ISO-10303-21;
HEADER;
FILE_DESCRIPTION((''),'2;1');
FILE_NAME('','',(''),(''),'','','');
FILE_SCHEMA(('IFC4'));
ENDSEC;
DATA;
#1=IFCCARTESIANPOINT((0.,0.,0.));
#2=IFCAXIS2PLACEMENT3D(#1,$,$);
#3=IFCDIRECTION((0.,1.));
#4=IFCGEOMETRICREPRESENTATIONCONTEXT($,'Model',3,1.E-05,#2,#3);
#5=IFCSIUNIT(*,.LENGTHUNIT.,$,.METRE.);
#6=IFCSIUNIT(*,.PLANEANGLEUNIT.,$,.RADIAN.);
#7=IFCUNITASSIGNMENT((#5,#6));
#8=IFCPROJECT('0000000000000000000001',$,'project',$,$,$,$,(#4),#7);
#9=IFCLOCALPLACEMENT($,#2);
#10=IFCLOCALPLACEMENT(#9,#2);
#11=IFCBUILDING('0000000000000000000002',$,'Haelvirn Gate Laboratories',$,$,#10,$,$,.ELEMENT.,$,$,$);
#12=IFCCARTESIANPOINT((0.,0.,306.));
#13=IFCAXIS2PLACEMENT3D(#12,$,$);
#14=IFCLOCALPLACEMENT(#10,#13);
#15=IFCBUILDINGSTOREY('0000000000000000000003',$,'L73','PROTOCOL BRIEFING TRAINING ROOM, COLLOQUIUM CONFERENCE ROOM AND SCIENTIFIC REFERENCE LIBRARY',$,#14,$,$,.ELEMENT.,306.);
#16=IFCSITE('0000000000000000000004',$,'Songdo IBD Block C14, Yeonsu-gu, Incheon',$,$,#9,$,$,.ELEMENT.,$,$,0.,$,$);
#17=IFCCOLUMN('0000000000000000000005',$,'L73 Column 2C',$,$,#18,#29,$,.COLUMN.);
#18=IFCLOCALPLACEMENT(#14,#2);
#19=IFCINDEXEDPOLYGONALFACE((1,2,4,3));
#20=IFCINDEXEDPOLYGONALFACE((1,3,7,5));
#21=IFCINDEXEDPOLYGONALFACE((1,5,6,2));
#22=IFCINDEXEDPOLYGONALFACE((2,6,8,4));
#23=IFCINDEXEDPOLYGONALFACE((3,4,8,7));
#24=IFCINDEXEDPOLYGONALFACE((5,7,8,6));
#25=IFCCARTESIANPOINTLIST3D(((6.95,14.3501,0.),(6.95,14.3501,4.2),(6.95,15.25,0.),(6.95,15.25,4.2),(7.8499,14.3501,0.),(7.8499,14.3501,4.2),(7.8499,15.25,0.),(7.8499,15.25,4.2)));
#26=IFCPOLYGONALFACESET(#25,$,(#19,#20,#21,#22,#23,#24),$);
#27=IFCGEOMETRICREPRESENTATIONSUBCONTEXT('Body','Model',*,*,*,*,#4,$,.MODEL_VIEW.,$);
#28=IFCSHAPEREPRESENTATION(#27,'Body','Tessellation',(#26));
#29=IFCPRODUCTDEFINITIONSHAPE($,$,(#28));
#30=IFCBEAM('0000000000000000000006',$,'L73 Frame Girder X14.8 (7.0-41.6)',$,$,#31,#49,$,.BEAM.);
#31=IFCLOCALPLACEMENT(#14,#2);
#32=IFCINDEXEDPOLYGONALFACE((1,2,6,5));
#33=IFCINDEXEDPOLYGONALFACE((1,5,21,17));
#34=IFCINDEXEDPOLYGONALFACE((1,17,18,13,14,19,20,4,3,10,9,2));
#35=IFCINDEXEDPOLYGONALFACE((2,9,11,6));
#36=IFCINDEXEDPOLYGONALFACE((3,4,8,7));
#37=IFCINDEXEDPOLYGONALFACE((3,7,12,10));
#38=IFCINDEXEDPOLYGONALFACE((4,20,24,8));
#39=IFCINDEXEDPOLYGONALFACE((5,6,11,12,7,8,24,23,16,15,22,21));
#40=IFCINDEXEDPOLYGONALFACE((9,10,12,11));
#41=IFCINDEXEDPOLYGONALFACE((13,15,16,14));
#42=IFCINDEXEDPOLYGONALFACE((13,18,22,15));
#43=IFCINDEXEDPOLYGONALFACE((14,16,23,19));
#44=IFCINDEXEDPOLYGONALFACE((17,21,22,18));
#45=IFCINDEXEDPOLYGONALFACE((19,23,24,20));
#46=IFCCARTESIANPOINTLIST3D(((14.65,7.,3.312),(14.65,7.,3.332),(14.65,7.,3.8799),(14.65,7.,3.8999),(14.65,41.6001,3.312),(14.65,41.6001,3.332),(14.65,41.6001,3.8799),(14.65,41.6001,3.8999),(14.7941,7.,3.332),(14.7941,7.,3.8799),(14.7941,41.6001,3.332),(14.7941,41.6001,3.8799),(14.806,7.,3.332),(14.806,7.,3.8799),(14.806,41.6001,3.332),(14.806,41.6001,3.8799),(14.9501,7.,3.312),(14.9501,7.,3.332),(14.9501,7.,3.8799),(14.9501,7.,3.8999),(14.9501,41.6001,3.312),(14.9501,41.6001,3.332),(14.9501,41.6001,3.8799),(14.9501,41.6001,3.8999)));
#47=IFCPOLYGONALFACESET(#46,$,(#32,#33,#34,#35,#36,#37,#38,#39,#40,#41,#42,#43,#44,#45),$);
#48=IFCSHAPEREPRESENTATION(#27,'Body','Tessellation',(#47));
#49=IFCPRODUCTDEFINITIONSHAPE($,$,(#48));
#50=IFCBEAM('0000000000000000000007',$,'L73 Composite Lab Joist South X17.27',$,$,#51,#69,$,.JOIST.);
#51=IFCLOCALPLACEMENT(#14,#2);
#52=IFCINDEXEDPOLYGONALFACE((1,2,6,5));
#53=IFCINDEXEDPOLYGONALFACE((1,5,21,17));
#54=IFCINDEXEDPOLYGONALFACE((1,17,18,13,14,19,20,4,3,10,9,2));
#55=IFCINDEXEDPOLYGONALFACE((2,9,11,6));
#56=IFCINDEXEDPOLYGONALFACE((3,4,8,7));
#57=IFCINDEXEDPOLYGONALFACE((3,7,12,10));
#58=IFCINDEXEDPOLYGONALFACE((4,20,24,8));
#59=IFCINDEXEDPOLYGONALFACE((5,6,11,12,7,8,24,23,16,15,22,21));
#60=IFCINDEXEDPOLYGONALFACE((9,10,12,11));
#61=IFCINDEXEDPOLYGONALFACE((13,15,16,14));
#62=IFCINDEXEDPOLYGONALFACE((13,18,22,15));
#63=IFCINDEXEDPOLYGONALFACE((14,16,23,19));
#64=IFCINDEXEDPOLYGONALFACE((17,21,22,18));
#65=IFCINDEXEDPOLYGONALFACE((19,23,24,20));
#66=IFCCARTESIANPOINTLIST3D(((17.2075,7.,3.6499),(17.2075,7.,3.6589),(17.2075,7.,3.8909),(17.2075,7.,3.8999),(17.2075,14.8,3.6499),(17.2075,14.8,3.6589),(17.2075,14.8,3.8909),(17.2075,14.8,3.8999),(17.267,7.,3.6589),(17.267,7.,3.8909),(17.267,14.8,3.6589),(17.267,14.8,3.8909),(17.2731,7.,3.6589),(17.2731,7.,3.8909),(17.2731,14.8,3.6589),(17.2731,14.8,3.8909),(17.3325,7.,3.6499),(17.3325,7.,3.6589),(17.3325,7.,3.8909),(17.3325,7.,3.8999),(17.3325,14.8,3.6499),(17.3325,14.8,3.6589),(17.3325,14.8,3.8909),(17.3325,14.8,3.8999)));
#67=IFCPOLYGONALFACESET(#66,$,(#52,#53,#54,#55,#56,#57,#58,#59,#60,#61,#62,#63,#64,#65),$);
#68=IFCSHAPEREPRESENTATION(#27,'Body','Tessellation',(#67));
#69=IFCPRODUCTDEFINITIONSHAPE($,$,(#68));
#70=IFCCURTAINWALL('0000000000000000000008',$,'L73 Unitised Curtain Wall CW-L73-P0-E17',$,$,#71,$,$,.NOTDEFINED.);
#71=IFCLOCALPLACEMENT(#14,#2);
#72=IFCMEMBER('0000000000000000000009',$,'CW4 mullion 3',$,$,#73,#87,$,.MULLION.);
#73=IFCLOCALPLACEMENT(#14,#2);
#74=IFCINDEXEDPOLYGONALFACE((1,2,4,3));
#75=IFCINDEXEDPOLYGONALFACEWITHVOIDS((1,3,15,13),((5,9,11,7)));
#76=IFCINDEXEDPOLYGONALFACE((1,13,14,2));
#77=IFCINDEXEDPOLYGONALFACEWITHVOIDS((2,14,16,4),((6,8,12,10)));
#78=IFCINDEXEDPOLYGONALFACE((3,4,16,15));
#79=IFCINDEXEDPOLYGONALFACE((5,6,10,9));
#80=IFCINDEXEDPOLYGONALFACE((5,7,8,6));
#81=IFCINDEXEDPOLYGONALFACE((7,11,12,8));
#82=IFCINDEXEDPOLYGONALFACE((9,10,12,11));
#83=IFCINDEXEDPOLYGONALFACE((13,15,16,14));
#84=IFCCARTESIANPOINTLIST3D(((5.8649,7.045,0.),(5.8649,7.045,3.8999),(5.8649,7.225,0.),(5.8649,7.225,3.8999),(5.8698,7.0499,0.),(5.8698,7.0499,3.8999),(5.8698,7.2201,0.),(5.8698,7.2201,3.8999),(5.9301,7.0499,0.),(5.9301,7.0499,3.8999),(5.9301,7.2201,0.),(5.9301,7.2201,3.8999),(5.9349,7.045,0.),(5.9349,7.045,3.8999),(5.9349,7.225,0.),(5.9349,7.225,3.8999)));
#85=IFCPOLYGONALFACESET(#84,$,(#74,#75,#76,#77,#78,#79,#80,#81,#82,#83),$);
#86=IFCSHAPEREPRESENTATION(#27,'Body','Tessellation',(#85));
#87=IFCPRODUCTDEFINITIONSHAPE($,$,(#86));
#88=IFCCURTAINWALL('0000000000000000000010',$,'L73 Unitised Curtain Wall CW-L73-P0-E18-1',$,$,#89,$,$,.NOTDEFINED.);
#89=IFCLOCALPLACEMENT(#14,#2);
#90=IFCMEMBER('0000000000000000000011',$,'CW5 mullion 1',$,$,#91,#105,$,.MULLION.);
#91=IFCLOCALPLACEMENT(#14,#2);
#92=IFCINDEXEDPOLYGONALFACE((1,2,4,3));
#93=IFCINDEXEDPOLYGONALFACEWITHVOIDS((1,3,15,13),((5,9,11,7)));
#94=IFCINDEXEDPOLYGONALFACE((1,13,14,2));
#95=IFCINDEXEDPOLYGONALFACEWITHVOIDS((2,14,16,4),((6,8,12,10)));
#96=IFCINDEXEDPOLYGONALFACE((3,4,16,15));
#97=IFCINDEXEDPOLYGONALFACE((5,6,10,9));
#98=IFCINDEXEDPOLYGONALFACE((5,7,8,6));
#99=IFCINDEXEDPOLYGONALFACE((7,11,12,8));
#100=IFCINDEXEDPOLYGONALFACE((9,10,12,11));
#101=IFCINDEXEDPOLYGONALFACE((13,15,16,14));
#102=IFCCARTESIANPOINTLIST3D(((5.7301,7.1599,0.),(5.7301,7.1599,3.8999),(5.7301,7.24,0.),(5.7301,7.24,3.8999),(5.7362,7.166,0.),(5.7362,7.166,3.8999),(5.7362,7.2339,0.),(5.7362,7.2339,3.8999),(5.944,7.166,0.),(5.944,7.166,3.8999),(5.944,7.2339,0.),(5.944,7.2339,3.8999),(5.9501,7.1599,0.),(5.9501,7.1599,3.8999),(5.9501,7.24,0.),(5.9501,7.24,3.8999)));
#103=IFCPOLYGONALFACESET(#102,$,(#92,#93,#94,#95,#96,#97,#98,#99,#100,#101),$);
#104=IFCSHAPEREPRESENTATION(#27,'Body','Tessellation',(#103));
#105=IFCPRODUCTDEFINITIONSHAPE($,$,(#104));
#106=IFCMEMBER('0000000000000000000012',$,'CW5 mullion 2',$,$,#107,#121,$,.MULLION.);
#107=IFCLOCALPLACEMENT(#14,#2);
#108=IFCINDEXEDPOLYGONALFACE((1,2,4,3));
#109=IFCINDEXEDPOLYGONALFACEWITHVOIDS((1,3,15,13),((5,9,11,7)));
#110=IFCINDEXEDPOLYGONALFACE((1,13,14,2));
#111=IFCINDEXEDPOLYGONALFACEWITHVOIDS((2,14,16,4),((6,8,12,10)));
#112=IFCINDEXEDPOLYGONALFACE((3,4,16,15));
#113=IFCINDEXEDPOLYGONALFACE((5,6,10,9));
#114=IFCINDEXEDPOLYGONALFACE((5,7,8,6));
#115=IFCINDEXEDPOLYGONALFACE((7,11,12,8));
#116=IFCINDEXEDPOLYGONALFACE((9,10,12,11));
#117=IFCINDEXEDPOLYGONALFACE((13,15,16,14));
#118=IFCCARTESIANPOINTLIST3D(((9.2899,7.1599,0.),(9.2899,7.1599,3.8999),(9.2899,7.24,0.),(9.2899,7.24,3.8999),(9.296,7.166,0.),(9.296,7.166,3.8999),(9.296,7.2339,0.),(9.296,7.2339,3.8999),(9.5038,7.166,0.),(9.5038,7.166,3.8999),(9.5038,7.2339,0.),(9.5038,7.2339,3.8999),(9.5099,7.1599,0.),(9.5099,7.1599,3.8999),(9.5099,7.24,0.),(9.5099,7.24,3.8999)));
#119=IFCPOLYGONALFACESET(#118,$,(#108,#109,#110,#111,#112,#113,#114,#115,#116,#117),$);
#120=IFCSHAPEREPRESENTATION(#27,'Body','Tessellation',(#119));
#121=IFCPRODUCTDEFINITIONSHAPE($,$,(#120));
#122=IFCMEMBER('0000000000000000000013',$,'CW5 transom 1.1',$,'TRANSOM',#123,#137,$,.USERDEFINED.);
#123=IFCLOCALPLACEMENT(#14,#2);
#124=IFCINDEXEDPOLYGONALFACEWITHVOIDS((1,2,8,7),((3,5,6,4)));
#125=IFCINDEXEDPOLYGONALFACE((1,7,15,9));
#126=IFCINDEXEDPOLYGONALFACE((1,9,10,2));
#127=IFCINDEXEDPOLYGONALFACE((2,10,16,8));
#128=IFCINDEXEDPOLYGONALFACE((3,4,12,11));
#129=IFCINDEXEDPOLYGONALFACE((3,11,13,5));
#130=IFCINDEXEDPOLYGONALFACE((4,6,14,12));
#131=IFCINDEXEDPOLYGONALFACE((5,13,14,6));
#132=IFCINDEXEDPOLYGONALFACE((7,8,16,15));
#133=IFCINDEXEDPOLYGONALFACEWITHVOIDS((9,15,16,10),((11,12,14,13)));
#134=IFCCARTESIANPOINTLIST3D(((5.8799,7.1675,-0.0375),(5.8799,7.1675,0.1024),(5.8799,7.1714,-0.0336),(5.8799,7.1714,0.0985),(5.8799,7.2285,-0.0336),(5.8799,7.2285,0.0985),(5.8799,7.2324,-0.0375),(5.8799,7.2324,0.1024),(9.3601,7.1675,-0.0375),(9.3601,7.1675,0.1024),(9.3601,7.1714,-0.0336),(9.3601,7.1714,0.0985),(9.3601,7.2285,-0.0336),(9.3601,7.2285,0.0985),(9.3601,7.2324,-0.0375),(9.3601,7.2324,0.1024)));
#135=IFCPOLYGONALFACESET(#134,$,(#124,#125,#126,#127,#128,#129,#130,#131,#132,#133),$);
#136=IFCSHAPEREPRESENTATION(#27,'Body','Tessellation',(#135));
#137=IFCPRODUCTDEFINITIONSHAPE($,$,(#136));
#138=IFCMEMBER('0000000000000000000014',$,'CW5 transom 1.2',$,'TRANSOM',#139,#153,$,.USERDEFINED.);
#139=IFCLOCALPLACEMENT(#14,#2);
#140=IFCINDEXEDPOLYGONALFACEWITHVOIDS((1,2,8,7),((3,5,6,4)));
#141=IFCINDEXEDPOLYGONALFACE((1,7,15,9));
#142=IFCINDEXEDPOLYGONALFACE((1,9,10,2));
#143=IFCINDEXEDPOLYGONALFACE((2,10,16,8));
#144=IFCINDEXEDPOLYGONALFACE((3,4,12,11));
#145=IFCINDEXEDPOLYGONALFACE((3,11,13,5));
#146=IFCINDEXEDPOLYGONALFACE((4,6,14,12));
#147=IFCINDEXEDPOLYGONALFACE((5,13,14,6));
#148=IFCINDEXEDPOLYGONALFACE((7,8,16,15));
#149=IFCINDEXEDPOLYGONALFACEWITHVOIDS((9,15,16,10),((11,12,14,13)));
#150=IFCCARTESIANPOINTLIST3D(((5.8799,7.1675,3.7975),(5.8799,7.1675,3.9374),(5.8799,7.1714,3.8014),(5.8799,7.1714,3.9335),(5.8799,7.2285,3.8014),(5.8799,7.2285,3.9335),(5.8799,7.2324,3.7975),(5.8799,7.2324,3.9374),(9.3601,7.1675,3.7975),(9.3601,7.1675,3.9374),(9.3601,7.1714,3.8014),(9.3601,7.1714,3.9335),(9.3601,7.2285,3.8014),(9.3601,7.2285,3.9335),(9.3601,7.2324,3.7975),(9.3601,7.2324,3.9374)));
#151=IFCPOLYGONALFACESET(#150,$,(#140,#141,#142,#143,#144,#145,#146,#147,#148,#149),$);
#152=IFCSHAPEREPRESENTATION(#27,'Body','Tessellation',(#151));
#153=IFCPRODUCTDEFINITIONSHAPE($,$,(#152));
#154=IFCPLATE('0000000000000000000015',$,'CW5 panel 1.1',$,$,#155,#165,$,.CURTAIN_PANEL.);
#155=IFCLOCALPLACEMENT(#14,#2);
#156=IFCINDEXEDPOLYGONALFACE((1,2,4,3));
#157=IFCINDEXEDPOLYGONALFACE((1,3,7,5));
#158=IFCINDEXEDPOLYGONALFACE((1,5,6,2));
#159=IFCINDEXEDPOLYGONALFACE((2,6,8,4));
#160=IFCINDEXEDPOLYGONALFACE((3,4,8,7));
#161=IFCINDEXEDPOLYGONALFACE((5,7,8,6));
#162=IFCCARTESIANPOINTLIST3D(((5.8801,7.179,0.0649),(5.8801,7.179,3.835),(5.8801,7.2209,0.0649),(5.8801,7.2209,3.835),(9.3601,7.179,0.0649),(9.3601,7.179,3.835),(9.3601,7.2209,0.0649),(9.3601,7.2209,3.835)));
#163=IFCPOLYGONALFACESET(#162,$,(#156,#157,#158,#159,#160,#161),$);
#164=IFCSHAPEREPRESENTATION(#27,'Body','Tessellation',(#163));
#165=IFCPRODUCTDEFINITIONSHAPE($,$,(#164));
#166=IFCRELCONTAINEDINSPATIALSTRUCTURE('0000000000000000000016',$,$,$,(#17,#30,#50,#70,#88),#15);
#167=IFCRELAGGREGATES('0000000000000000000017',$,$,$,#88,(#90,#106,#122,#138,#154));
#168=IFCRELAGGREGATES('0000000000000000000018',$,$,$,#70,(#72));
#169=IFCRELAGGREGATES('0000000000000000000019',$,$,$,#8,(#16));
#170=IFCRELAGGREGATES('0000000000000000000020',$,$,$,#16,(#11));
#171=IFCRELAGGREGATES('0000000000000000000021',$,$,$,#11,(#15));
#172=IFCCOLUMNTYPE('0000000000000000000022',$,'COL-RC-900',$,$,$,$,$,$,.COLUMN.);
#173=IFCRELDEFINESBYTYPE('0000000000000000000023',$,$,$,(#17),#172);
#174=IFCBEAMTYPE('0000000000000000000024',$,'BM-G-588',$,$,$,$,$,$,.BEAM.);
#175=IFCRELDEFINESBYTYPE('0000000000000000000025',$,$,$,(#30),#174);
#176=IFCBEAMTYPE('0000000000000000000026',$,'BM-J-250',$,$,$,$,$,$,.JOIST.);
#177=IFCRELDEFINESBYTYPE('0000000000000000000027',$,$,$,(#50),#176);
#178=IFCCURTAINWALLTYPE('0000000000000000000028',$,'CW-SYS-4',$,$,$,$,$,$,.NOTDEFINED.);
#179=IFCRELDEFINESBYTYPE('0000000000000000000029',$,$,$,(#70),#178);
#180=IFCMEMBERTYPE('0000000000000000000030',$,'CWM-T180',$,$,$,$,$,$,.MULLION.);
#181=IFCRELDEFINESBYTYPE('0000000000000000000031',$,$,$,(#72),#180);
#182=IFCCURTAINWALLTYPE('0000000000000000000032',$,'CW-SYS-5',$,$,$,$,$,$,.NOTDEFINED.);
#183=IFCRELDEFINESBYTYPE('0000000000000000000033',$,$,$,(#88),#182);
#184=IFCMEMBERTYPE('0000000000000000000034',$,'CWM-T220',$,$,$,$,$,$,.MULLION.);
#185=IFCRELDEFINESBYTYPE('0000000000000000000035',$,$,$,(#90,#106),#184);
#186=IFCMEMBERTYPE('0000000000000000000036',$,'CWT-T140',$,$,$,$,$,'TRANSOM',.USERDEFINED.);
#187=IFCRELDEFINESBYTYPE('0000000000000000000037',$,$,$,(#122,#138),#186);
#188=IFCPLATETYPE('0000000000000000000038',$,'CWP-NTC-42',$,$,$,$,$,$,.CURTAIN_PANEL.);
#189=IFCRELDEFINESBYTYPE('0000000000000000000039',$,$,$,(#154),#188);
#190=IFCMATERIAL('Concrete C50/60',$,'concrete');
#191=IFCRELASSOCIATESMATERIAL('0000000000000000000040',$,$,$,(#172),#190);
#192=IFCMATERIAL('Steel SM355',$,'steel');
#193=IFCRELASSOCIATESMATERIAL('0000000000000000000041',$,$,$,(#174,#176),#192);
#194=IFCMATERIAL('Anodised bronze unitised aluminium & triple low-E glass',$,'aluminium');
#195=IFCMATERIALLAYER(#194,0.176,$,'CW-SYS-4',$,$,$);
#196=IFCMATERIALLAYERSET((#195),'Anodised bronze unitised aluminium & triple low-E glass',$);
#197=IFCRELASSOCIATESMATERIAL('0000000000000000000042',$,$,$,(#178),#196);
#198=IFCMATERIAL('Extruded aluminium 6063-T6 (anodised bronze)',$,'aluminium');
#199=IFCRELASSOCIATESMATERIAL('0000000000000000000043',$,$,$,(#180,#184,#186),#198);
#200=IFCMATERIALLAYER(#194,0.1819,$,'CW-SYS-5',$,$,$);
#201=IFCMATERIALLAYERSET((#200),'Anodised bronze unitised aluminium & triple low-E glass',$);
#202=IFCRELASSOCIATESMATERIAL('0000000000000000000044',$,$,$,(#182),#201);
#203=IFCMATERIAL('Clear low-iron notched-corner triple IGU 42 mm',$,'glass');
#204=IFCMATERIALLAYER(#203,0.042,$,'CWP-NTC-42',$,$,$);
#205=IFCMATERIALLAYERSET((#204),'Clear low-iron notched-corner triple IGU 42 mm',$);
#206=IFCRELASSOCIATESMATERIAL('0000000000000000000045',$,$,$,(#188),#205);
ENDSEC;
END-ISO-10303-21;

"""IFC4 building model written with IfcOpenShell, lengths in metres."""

from ifc_helpers import new_model, si_unit, direction, frame, origin, origin_2d, place, context, subcontext, project, spatial, rectangle, hollow_rectangle, i_section, extrude, source, transform, mapped, material, layer, layer_set, material_profile, profile_set, type_object, type_shapes, element, aggregate, save


model = new_model("IFC4")

# Units and contexts
model_context = context("Model", 3, precision=1e-05, world=origin(), true_north=direction((0.0, 1.0)))
body_context = subcontext(model_context, "Body", "Model", "MODEL_VIEW")
ifc_project = project(units=[si_unit("LENGTHUNIT", "METRE"), si_unit("PLANEANGLEUNIT", "RADIAN")], contexts=[model_context])

# Site, building, storey
site_placement = place(None, origin())
site = spatial("IfcSite", under=ifc_project, at=site_placement, Name="Songdo IBD Block C14, Yeonsu-gu, Incheon", CompositionType="ELEMENT", RefElevation=0.0)
building_placement = place(site_placement, origin())
building = spatial("IfcBuilding", under=site, at=building_placement, Name="Haelvirn Gate Laboratories", CompositionType="ELEMENT")
storey_placement = place(building_placement, frame((0.0, 0.0, 306.0)))
storey = spatial("IfcBuildingStorey", under=building, at=storey_placement, Name="L73", Description="PROTOCOL BRIEFING TRAINING ROOM, COLLOQUIUM CONFERENCE ROOM AND SCIENTIFIC REFERENCE LIBRARY", CompositionType="ELEMENT", Elevation=306.0)

# Column
ifc_material_1 = material(Name="Concrete C50/60", Category="concrete")
ifc_material_profile_1 = material_profile(ifc_material_1, rectangle(XDim=0.8999, YDim=0.8999, at=origin_2d()), Name="RC-900x900")
ifc_profile_set_1 = profile_set([ifc_material_profile_1], Name="Concrete C50/60")
column_type = type_object("IfcColumnType", Name="COL-RC-900", PredefinedType="COLUMN", material=ifc_profile_set_1)
shared_shape_1 = source(origin(), body_context, "Body", "SweptSolid", [
    extrude(rectangle(XDim=0.8999, YDim=0.8999, at=origin_2d()), origin(), (0.0, 0.0, 1.0), 4.2),
])
type_shapes(column_type, [shared_shape_1])
column_placement = place(storey_placement, frame((7.3999, 14.8, 0.0), z_axis=(0.0, 0.0, 1.0), x_axis=(1.0, 0.0, 0.0)))
element("IfcColumn", 1, at=column_placement, inside=storey, type_object=column_type, Name="L73 Column 2C", PredefinedType="COLUMN", context=body_context, shape_type="MappedRepresentation", body=[
    mapped(shared_shape_1, transform((0.0, 0.0, 0.0), scale=1.0)),
])

# Beams
ifc_material_2 = material(Name="Steel SM355", Category="steel")
ifc_material_profile_2 = material_profile(ifc_material_2, i_section(OverallWidth=0.3, OverallDepth=0.5879, WebThickness=0.012, FlangeThickness=0.02, at=origin_2d()), Name="H-588x300x12x20")
ifc_profile_set_2 = profile_set([ifc_material_profile_2], Name="Steel SM355")
beam_type_1 = type_object("IfcBeamType", Name="BM-G-588", PredefinedType="BEAM", material=ifc_profile_set_2)
shared_shape_2 = source(origin(), body_context, "Body", "SweptSolid", [
    extrude(i_section(OverallWidth=0.3, OverallDepth=0.5879, WebThickness=0.012, FlangeThickness=0.02, at=origin_2d()), origin(), (0.0, 0.0, 1.0), 34.6001),
])
type_shapes(beam_type_1, [shared_shape_2])
beam_1_placement = place(storey_placement, frame((14.8, 7.0, 3.606), z_axis=(0.0, 1.0, 0.0), x_axis=(-1.0, 0.0, 0.0)))
element("IfcBeam", 2, at=beam_1_placement, inside=storey, type_object=beam_type_1, Name="L73 Frame Girder X14.8 (7.0-41.6)", PredefinedType="BEAM", context=body_context, shape_type="MappedRepresentation", body=[
    mapped(shared_shape_2, transform((0.0, 0.0, 0.0), scale=1.0)),
])
ifc_material_profile_3 = material_profile(ifc_material_2, i_section(OverallWidth=0.125, OverallDepth=0.25, WebThickness=0.0061, FlangeThickness=0.009, at=origin_2d()), Name="H-250x125x6x9")
ifc_profile_set_3 = profile_set([ifc_material_profile_3], Name="Steel SM355")
beam_type_2 = type_object("IfcBeamType", Name="BM-J-250", PredefinedType="JOIST", material=ifc_profile_set_3)
shared_shape_3 = source(origin(), body_context, "Body", "SweptSolid", [
    extrude(i_section(OverallWidth=0.125, OverallDepth=0.25, WebThickness=0.0061, FlangeThickness=0.009, at=origin_2d()), origin(), (0.0, 0.0, 1.0), 7.8),
])
type_shapes(beam_type_2, [shared_shape_3])
beam_2_placement = place(storey_placement, frame((17.27, 7.0, 3.7749), z_axis=(0.0, 1.0, 0.0), x_axis=(-1.0, 0.0, 0.0)))
element("IfcBeam", 3, at=beam_2_placement, inside=storey, type_object=beam_type_2, Name="L73 Composite Lab Joist South X17.27", PredefinedType="JOIST", context=body_context, shape_type="MappedRepresentation", body=[
    mapped(shared_shape_3, transform((0.0, 0.0, 0.0), scale=1.0)),
])

# Curtain wall, member
ifc_material_3 = material(Name="Anodised bronze unitised aluminium & triple low-E glass", Category="aluminium")
ifc_layer_1 = layer(ifc_material_3, 0.176, Name="CW-SYS-4")
ifc_layer_set_1 = layer_set([ifc_layer_1], Name="Anodised bronze unitised aluminium & triple low-E glass")
curtain_wall_type_1 = type_object("IfcCurtainWallType", Name="CW-SYS-4", PredefinedType="NOTDEFINED", material=ifc_layer_set_1)
curtain_wall_1_placement = place(storey_placement, origin())
curtain_wall_1 = element("IfcCurtainWall", 4, at=curtain_wall_1_placement, inside=storey, type_object=curtain_wall_type_1, Name="L73 Unitised Curtain Wall CW-L73-P0-E17", PredefinedType="NOTDEFINED")
ifc_material_4 = material(Name="Extruded aluminium 6063-T6 (anodised bronze)", Category="aluminium")
ifc_material_profile_4 = material_profile(ifc_material_4, hollow_rectangle(XDim=0.0701, YDim=0.1799, WallThickness=0.0049, at=origin_2d()), Name="CWM-180x70x5")
ifc_profile_set_4 = profile_set([ifc_material_profile_4], Name="Extruded aluminium 6063-T6 (anodised bronze)")
member_type_1 = type_object("IfcMemberType", Name="CWM-T180", PredefinedType="MULLION", material=ifc_profile_set_4)
shared_shape_4 = source(origin(), body_context, "Body", "SweptSolid", [
    extrude(hollow_rectangle(XDim=0.0701, YDim=0.1799, WallThickness=0.0049, at=origin_2d()), origin(), (0.0, 0.0, 1.0), 3.8999),
])
type_shapes(member_type_1, [shared_shape_4])
member_1_placement = place(storey_placement, frame((5.8999, 7.135, 0.0), z_axis=(0.0, 0.0, 1.0), x_axis=(1.0, 0.0, 0.0)))
member_1 = element("IfcMember", 5, at=member_1_placement, type_object=member_type_1, Name="CW4 mullion 3", PredefinedType="MULLION", context=body_context, shape_type="MappedRepresentation", body=[
    mapped(shared_shape_4, transform((0.0, 0.0, 0.0), scale=1.0)),
])

# Curtain wall, members, plate
ifc_layer_2 = layer(ifc_material_3, 0.1819, Name="CW-SYS-5")
ifc_layer_set_2 = layer_set([ifc_layer_2], Name="Anodised bronze unitised aluminium & triple low-E glass")
curtain_wall_type_2 = type_object("IfcCurtainWallType", Name="CW-SYS-5", PredefinedType="NOTDEFINED", material=ifc_layer_set_2)
curtain_wall_2_placement = place(storey_placement, origin())
curtain_wall_2 = element("IfcCurtainWall", 6, at=curtain_wall_2_placement, inside=storey, type_object=curtain_wall_type_2, Name="L73 Unitised Curtain Wall CW-L73-P0-E18-1", PredefinedType="NOTDEFINED")
ifc_material_profile_5 = material_profile(ifc_material_4, hollow_rectangle(XDim=0.0801, YDim=0.22, WallThickness=0.0061, at=origin_2d()), Name="CWM-220x80x6")
ifc_profile_set_5 = profile_set([ifc_material_profile_5], Name="Extruded aluminium 6063-T6 (anodised bronze)")
member_type_2 = type_object("IfcMemberType", Name="CWM-T220", PredefinedType="MULLION", material=ifc_profile_set_5)
shared_shape_5 = source(origin(), body_context, "Body", "SweptSolid", [
    extrude(hollow_rectangle(XDim=0.0801, YDim=0.22, WallThickness=0.0061, at=origin_2d()), origin(), (0.0, 0.0, 1.0), 3.8999),
])
type_shapes(member_type_2, [shared_shape_5])
member_2_placement = place(storey_placement, frame((5.8401, 7.2, 0.0), z_axis=(0.0, 0.0, 1.0), x_axis=(0.0, 1.0, 0.0)))
member_2 = element("IfcMember", 7, at=member_2_placement, type_object=member_type_2, Name="CW5 mullion 1", PredefinedType="MULLION", context=body_context, shape_type="MappedRepresentation", body=[
    mapped(shared_shape_5, transform((0.0, 0.0, 0.0), scale=1.0)),
])
member_3_placement = place(storey_placement, frame((9.3999, 7.2, 0.0), z_axis=(0.0, 0.0, 1.0), x_axis=(0.0, 1.0, 0.0)))
member_3 = element("IfcMember", 8, at=member_3_placement, type_object=member_type_2, Name="CW5 mullion 2", PredefinedType="MULLION", context=body_context, shape_type="MappedRepresentation", body=[
    mapped(shared_shape_5, transform((0.0, 0.0, 0.0), scale=1.0)),
])
ifc_material_profile_6 = material_profile(ifc_material_4, hollow_rectangle(XDim=0.0649, YDim=0.1399, WallThickness=0.0039, at=origin_2d()), Name="CWT-140x65x4")
ifc_profile_set_6 = profile_set([ifc_material_profile_6], Name="Extruded aluminium 6063-T6 (anodised bronze)")
member_type_3 = type_object("IfcMemberType", Name="CWT-T140", ElementType="TRANSOM", PredefinedType="USERDEFINED", material=ifc_profile_set_6)
shared_shape_6 = source(origin(), body_context, "Body", "SweptSolid", [
    extrude(hollow_rectangle(XDim=0.0649, YDim=0.1399, WallThickness=0.0039, at=origin_2d()), origin(), (0.0, 0.0, 1.0), 3.4802),
])
type_shapes(member_type_3, [shared_shape_6])
member_4_placement = place(storey_placement, frame((5.8799, 7.2, 0.0325), z_axis=(1.0, 0.0, 0.0), x_axis=(0.0, 1.0, 0.0)))
member_4 = element("IfcMember", 9, at=member_4_placement, type_object=member_type_3, Name="CW5 transom 1.1", ObjectType="TRANSOM", PredefinedType="USERDEFINED", context=body_context, shape_type="MappedRepresentation", body=[
    mapped(shared_shape_6, transform((0.0, 0.0, 0.0), scale=1.0)),
])
member_5_placement = place(storey_placement, frame((5.8799, 7.2, 3.8674), z_axis=(1.0, 0.0, 0.0), x_axis=(0.0, 1.0, 0.0)))
member_5 = element("IfcMember", 10, at=member_5_placement, type_object=member_type_3, Name="CW5 transom 1.2", ObjectType="TRANSOM", PredefinedType="USERDEFINED", context=body_context, shape_type="MappedRepresentation", body=[
    mapped(shared_shape_6, transform((0.0, 0.0, 0.0), scale=1.0)),
])
ifc_material_5 = material(Name="Clear low-iron notched-corner triple IGU 42 mm", Category="glass")
ifc_layer_3 = layer(ifc_material_5, 0.042, Name="CWP-NTC-42")
ifc_layer_set_3 = layer_set([ifc_layer_3], Name="Clear low-iron notched-corner triple IGU 42 mm")
plate_type_1 = type_object("IfcPlateType", Name="CWP-NTC-42", PredefinedType="CURTAIN_PANEL", material=ifc_layer_set_3)
shared_shape_7 = source(origin(), body_context, "Body", "SweptSolid", [
    extrude(rectangle(XDim=3.48, YDim=0.042, at=origin_2d()), origin(), (0.0, 0.0, 1.0), 3.77),
])
type_shapes(plate_type_1, [shared_shape_7])
plate_1_placement = place(storey_placement, frame((7.6201, 7.2, 0.0649), z_axis=(0.0, 0.0, 1.0), x_axis=(1.0, 0.0, 0.0)))
plate_1 = element("IfcPlate", 11, at=plate_1_placement, type_object=plate_type_1, Name="CW5 panel 1.1", PredefinedType="CURTAIN_PANEL", context=body_context, shape_type="MappedRepresentation", body=[
    mapped(shared_shape_7, transform((0.0, 0.0, 0.0), scale=1.0)),
])
aggregate(curtain_wall_2, [member_2, member_3, member_4, member_5, plate_1])

aggregate(curtain_wall_1, [member_1])

save(model, "model.ifc")
